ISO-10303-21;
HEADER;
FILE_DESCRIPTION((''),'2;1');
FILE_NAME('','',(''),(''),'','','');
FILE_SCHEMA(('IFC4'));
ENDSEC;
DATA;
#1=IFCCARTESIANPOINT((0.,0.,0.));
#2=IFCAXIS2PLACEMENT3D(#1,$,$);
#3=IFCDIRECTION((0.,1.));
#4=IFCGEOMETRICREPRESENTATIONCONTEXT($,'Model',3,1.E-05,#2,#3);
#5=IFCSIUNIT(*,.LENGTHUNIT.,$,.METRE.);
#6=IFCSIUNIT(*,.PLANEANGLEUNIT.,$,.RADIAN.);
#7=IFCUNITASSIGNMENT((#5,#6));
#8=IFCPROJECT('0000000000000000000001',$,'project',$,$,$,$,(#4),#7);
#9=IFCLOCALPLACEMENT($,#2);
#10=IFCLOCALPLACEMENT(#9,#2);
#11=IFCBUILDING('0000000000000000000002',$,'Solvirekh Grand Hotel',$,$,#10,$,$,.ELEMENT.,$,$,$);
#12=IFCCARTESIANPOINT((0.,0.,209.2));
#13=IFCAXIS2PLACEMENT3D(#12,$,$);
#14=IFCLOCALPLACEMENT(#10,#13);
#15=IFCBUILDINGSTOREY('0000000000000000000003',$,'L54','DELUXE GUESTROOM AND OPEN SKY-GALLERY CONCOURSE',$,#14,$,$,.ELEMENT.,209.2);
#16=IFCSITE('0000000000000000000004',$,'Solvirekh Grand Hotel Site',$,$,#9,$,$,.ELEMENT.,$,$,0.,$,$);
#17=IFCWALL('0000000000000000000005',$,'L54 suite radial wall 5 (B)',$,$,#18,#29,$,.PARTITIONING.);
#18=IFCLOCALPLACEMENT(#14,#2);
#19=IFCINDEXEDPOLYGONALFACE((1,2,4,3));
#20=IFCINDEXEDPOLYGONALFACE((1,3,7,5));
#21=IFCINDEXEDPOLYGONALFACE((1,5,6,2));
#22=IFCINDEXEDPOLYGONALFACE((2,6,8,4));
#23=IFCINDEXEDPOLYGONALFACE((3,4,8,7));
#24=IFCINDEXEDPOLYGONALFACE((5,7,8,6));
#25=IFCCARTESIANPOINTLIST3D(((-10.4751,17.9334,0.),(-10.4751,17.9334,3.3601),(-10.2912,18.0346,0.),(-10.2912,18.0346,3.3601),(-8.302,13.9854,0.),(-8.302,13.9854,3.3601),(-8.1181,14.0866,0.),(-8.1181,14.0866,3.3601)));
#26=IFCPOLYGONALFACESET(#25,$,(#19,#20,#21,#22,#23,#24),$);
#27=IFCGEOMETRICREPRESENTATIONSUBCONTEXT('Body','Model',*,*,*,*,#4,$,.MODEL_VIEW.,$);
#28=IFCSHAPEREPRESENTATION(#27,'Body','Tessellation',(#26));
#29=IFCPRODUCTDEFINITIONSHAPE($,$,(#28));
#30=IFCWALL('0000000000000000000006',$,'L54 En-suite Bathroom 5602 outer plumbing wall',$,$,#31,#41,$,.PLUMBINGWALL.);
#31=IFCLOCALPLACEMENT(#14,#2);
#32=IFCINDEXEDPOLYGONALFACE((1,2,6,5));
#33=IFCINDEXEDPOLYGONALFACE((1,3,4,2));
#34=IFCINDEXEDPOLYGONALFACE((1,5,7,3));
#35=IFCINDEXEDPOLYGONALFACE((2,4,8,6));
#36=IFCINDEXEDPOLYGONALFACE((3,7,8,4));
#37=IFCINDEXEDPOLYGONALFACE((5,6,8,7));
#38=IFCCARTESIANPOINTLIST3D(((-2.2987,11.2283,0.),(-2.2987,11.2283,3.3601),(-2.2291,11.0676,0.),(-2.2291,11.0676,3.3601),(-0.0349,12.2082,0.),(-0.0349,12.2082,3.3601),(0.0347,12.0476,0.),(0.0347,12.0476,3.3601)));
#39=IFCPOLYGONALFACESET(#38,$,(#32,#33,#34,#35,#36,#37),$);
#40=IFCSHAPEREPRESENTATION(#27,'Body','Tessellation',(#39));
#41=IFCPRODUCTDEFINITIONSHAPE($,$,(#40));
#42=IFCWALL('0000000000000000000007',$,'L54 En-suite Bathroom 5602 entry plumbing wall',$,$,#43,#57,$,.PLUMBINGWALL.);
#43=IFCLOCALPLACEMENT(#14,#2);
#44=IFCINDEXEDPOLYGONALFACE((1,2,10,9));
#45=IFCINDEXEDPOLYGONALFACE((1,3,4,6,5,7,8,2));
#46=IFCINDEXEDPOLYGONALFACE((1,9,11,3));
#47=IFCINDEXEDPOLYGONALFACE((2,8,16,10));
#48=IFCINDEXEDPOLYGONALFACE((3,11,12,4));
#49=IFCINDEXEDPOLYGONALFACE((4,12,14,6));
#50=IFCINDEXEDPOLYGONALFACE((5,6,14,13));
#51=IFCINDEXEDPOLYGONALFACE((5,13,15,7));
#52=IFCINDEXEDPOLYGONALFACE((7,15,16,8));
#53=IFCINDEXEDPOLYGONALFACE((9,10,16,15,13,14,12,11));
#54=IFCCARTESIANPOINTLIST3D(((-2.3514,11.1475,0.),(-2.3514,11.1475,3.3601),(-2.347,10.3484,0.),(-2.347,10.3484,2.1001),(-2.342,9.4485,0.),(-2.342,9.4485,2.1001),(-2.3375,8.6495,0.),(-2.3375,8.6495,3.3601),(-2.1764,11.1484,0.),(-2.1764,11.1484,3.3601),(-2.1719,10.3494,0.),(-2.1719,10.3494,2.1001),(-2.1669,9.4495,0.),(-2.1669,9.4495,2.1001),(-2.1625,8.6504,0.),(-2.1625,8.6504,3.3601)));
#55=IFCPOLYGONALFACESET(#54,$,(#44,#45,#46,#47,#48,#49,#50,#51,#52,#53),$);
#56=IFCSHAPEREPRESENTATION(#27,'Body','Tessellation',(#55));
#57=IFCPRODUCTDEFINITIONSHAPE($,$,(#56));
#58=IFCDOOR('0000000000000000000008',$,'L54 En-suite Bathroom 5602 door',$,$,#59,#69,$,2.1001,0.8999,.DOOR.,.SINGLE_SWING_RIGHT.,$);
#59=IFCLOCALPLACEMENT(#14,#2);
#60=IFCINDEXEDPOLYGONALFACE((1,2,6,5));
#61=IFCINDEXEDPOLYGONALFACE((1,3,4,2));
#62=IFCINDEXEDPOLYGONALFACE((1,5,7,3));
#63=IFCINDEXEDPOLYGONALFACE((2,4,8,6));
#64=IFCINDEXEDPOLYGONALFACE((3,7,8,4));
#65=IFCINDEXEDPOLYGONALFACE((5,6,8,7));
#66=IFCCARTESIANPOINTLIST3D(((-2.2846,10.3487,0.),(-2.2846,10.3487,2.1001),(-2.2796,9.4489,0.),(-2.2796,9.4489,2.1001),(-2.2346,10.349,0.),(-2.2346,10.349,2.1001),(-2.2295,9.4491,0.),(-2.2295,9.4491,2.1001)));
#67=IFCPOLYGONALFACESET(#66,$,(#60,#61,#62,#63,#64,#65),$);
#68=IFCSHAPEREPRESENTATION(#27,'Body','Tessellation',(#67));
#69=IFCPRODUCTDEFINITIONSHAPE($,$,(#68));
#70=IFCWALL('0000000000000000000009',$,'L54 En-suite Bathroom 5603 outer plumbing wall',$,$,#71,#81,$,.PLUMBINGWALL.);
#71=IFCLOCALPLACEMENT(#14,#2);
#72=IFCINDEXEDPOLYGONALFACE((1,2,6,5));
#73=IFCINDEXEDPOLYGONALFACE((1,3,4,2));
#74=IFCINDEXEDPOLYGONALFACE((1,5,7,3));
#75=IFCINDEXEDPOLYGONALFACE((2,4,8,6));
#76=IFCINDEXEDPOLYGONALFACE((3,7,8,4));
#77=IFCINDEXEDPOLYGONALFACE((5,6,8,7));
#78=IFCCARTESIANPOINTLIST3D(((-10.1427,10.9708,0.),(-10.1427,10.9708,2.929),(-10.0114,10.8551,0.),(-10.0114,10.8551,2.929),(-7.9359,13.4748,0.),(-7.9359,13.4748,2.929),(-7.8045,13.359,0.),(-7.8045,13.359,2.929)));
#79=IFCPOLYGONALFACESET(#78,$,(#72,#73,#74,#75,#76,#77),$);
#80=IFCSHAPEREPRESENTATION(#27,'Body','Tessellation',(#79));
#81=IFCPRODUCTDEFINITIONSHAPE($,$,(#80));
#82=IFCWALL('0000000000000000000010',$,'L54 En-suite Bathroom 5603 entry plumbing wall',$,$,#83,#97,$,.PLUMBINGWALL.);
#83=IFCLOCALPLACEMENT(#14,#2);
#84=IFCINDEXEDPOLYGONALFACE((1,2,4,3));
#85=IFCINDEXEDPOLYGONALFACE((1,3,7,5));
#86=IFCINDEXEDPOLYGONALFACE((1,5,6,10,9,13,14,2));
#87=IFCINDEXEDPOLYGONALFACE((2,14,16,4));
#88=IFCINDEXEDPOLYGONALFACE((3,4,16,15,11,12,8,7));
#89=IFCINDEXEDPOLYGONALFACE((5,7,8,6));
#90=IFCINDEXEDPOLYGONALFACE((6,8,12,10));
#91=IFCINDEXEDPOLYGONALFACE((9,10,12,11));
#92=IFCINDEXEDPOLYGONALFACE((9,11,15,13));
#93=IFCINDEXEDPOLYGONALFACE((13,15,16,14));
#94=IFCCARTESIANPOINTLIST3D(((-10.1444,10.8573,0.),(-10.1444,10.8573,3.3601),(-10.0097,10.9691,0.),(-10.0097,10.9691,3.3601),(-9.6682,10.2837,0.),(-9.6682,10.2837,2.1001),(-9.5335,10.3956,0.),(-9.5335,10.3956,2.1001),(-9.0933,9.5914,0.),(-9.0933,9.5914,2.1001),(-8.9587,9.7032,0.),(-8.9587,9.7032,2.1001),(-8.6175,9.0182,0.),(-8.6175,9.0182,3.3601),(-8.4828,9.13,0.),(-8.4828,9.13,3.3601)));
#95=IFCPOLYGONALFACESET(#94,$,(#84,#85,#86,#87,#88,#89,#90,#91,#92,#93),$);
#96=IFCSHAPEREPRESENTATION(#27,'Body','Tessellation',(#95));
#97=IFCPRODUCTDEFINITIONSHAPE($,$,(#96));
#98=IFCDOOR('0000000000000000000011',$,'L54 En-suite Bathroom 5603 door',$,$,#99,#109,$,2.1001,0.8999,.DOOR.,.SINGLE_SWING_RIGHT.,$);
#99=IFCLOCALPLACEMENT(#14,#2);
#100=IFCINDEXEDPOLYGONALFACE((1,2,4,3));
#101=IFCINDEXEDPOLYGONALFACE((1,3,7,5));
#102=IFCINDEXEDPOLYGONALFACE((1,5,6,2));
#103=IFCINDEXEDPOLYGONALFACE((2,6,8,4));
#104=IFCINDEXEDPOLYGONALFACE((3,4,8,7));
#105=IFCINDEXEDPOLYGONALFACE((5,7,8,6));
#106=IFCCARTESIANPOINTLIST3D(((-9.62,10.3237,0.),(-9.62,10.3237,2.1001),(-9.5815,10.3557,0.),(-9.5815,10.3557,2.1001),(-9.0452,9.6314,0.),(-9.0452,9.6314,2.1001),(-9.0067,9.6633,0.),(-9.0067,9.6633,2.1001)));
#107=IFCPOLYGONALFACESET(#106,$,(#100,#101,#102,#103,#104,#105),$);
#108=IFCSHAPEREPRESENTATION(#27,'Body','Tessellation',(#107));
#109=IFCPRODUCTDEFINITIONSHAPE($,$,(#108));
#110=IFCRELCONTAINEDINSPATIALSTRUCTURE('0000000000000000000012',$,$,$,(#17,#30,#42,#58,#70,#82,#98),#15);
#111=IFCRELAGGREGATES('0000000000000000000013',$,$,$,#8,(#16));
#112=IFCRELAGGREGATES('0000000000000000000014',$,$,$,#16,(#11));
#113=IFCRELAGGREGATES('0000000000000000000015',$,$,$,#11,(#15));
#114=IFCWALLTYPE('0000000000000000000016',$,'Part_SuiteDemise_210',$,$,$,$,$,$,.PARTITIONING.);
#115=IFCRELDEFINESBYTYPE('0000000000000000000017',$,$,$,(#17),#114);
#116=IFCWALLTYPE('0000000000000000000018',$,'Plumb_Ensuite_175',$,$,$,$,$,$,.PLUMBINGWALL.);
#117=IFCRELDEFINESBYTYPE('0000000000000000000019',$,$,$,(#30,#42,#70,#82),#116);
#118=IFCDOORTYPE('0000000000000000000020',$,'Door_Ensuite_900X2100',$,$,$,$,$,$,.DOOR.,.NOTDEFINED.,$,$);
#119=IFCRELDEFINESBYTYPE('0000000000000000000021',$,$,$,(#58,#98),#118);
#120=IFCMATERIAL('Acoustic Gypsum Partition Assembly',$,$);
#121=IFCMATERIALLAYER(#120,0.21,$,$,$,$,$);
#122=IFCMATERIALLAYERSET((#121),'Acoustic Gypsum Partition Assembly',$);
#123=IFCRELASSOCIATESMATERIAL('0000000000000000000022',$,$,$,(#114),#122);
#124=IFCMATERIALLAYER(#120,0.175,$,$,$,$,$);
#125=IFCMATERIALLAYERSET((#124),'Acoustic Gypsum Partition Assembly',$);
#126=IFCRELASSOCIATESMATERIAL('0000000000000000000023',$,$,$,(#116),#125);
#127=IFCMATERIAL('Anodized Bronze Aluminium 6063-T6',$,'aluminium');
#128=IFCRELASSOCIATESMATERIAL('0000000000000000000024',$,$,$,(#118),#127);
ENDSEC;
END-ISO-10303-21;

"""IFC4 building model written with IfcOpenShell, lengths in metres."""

from ifc_helpers import new_model, si_unit, direction, frame, frame_2d, origin, place, context, subcontext, project, spatial, rectangle, extrude, material, layer, layer_set, type_object, element, fill, save


model = new_model("IFC4")

# Units and contexts
model_context = context("Model", 3, precision=1e-05, world=origin(), true_north=direction((0.0, 1.0)))
body_context = subcontext(model_context, "Body", "Model", "MODEL_VIEW")
ifc_project = project(units=[si_unit("LENGTHUNIT", "METRE"), si_unit("PLANEANGLEUNIT", "RADIAN")], contexts=[model_context])

# Site, building, storey
site_placement = place(None, origin())
site = spatial("IfcSite", under=ifc_project, at=site_placement, Name="Solvirekh Grand Hotel Site", CompositionType="ELEMENT", RefElevation=0.0)
building_placement = place(site_placement, origin())
building = spatial("IfcBuilding", under=site, at=building_placement, Name="Solvirekh Grand Hotel", CompositionType="ELEMENT")
storey_placement = place(building_placement, frame((0.0, 0.0, 209.2)))
storey = spatial("IfcBuildingStorey", under=building, at=storey_placement, Name="L54", Description="DELUXE GUESTROOM AND OPEN SKY-GALLERY CONCOURSE", CompositionType="ELEMENT", Elevation=209.2)

# Shared definitions
ifc_material_1 = material(Name="Anodized Bronze Aluminium 6063-T6", Category="aluminium")

# Shared definitions
ifc_material_2 = material(Name="Acoustic Gypsum Partition Assembly")

# Walls
ifc_layer_1 = layer(ifc_material_2, 0.21)
ifc_layer_set_1 = layer_set([ifc_layer_1], Name="Acoustic Gypsum Partition Assembly")
wall_type_1 = type_object("IfcWallType", Name="Part_SuiteDemise_210", PredefinedType="PARTITIONING", material=ifc_layer_set_1)
wall_1_placement = place(storey_placement, frame((-8.21, 14.0359, 0.0), z_axis=(0.0, 0.0, 1.0), x_axis=(-0.482208, 0.876057, 0.0)))
element("IfcWall", 1, at=wall_1_placement, inside=storey, type_object=wall_type_1, Name="L54 suite radial wall 5 (B)", PredefinedType="PARTITIONING", context=body_context, shape_type="SweptSolid", body=[
    extrude(rectangle(XDim=4.5066, YDim=0.21, at=frame_2d((2.2534, 0.0))), origin(), (0.0, 0.0, 1.0), 3.3601),
])
ifc_layer_2 = layer(ifc_material_2, 0.175)
ifc_layer_set_2 = layer_set([ifc_layer_2], Name="Acoustic Gypsum Partition Assembly")
wall_type_2 = type_object("IfcWallType", Name="Plumb_Ensuite_175", PredefinedType="PLUMBINGWALL", material=ifc_layer_set_2)
wall_2_placement = place(storey_placement, frame((-2.2639, 11.1479, 0.0), z_axis=(0.0, 0.0, 1.0), x_axis=(0.917711, 0.397249, 0.0)))
element("IfcWall", 2, at=wall_2_placement, inside=storey, type_object=wall_type_2, Name="L54 En-suite Bathroom 5602 outer plumbing wall", PredefinedType="PLUMBINGWALL", context=body_context, shape_type="SweptSolid", body=[
    extrude(rectangle(XDim=2.4668, YDim=0.175, at=frame_2d((1.2334, 0.0))), origin(), (0.0, 0.0, 1.0), 3.3601),
])

# Wall, opening, door
wall_3_placement = place(storey_placement, frame((-2.2639, 11.1479, 0.0), z_axis=(0.0, 0.0, 1.0), x_axis=(0.005571, -0.999984, 0.0)))
wall_3 = element("IfcWall", 3, at=wall_3_placement, inside=storey, type_object=wall_type_2, Name="L54 En-suite Bathroom 5602 entry plumbing wall", PredefinedType="PLUMBINGWALL", context=body_context, shape_type="SweptSolid", body=[
    extrude(rectangle(XDim=2.498, YDim=0.175, at=frame_2d((1.249, 0.0))), origin(), (0.0, 0.0, 1.0), 3.3601),
])
opening_1_placement = place(wall_3_placement, frame((0.7991, 0.0, 0.0)))
opening_1 = element("IfcOpeningElement", 4, at=opening_1_placement, cuts=wall_3, PredefinedType="OPENING", context=body_context, shape_type="SweptSolid", body=[
    extrude(rectangle(XDim=0.8999, YDim=2.1001, at=frame_2d((0.45, 1.05))), frame((0.0, 0.0977, 0.0), z_axis=(0.0, -1.0, 0.0), x_axis=(1.0, 0.0, 0.0)), (0.0, 0.0, 1.0), 0.1951),
])
door_type_1 = type_object("IfcDoorType", Name="Door_Ensuite_900X2100", OperationType="NOTDEFINED", PredefinedType="DOOR", material=ifc_material_1)
door_1_placement = place(opening_1_placement, origin())
door_1 = element("IfcDoor", 5, at=door_1_placement, inside=storey, type_object=door_type_1, Name="L54 En-suite Bathroom 5602 door", OperationType="SINGLE_SWING_RIGHT", OverallHeight=2.1001, OverallWidth=0.8999, PredefinedType="DOOR", context=body_context, shape_type="SweptSolid", body=[
    extrude(rectangle(XDim=0.8999, YDim=2.1001, at=frame_2d((0.45, 1.05))), frame((0.0, 0.0249, 0.0), z_axis=(0.0, -1.0, 0.0), x_axis=(1.0, 0.0, 0.0)), (0.0, 0.0, 1.0), 0.05),
])
fill(opening_1, door_1)

# Wall
wall_4_placement = place(storey_placement, frame((-7.8701, 13.417, 0.0), z_axis=(0.0, 0.0, 1.0), x_axis=(-0.661193, -0.750216, 0.0)))
element("IfcWall", 6, at=wall_4_placement, inside=storey, type_object=wall_type_2, Name="L54 En-suite Bathroom 5603 outer plumbing wall", PredefinedType="PLUMBINGWALL", context=body_context, shape_type="SweptSolid", body=[
    extrude(rectangle(XDim=3.3376, YDim=0.175, at=frame_2d((1.6689, 0.0))), origin(), (0.0, 0.0, 1.0), 2.929),
])

# Wall, opening, door
wall_5_placement = place(storey_placement, frame((-8.55, 9.074, 0.0), z_axis=(0.0, 0.0, 1.0), x_axis=(-0.638767, 0.7694, 0.0)))
wall_5 = element("IfcWall", 7, at=wall_5_placement, inside=storey, type_object=wall_type_2, Name="L54 En-suite Bathroom 5603 entry plumbing wall", PredefinedType="PLUMBINGWALL", context=body_context, shape_type="SweptSolid", body=[
    extrude(rectangle(XDim=2.3904, YDim=0.175, at=frame_2d((1.1953, 0.0))), origin(), (0.0, 0.0, 1.0), 3.3601),
])
opening_2_placement = place(wall_5_placement, frame((0.7451, 0.0, 0.0)))
opening_2 = element("IfcOpeningElement", 8, at=opening_2_placement, cuts=wall_5, PredefinedType="OPENING", context=body_context, shape_type="SweptSolid", body=[
    extrude(rectangle(XDim=0.8999, YDim=2.1001, at=frame_2d((0.45, 1.05))), frame((0.0, 0.0977, 0.0), z_axis=(0.0, -1.0, 0.0), x_axis=(1.0, 0.0, 0.0)), (0.0, 0.0, 1.0), 0.1951),
])
door_2_placement = place(opening_2_placement, origin())
door_2 = element("IfcDoor", 9, at=door_2_placement, inside=storey, type_object=door_type_1, Name="L54 En-suite Bathroom 5603 door", OperationType="SINGLE_SWING_RIGHT", OverallHeight=2.1001, OverallWidth=0.8999, PredefinedType="DOOR", context=body_context, shape_type="SweptSolid", body=[
    extrude(rectangle(XDim=0.8999, YDim=2.1001, at=frame_2d((0.45, 1.05))), frame((0.0, 0.0249, 0.0), z_axis=(0.0, -1.0, 0.0), x_axis=(1.0, 0.0, 0.0)), (0.0, 0.0, 1.0), 0.05),
])
fill(opening_2, door_2)

save(model, "model.ifc")
